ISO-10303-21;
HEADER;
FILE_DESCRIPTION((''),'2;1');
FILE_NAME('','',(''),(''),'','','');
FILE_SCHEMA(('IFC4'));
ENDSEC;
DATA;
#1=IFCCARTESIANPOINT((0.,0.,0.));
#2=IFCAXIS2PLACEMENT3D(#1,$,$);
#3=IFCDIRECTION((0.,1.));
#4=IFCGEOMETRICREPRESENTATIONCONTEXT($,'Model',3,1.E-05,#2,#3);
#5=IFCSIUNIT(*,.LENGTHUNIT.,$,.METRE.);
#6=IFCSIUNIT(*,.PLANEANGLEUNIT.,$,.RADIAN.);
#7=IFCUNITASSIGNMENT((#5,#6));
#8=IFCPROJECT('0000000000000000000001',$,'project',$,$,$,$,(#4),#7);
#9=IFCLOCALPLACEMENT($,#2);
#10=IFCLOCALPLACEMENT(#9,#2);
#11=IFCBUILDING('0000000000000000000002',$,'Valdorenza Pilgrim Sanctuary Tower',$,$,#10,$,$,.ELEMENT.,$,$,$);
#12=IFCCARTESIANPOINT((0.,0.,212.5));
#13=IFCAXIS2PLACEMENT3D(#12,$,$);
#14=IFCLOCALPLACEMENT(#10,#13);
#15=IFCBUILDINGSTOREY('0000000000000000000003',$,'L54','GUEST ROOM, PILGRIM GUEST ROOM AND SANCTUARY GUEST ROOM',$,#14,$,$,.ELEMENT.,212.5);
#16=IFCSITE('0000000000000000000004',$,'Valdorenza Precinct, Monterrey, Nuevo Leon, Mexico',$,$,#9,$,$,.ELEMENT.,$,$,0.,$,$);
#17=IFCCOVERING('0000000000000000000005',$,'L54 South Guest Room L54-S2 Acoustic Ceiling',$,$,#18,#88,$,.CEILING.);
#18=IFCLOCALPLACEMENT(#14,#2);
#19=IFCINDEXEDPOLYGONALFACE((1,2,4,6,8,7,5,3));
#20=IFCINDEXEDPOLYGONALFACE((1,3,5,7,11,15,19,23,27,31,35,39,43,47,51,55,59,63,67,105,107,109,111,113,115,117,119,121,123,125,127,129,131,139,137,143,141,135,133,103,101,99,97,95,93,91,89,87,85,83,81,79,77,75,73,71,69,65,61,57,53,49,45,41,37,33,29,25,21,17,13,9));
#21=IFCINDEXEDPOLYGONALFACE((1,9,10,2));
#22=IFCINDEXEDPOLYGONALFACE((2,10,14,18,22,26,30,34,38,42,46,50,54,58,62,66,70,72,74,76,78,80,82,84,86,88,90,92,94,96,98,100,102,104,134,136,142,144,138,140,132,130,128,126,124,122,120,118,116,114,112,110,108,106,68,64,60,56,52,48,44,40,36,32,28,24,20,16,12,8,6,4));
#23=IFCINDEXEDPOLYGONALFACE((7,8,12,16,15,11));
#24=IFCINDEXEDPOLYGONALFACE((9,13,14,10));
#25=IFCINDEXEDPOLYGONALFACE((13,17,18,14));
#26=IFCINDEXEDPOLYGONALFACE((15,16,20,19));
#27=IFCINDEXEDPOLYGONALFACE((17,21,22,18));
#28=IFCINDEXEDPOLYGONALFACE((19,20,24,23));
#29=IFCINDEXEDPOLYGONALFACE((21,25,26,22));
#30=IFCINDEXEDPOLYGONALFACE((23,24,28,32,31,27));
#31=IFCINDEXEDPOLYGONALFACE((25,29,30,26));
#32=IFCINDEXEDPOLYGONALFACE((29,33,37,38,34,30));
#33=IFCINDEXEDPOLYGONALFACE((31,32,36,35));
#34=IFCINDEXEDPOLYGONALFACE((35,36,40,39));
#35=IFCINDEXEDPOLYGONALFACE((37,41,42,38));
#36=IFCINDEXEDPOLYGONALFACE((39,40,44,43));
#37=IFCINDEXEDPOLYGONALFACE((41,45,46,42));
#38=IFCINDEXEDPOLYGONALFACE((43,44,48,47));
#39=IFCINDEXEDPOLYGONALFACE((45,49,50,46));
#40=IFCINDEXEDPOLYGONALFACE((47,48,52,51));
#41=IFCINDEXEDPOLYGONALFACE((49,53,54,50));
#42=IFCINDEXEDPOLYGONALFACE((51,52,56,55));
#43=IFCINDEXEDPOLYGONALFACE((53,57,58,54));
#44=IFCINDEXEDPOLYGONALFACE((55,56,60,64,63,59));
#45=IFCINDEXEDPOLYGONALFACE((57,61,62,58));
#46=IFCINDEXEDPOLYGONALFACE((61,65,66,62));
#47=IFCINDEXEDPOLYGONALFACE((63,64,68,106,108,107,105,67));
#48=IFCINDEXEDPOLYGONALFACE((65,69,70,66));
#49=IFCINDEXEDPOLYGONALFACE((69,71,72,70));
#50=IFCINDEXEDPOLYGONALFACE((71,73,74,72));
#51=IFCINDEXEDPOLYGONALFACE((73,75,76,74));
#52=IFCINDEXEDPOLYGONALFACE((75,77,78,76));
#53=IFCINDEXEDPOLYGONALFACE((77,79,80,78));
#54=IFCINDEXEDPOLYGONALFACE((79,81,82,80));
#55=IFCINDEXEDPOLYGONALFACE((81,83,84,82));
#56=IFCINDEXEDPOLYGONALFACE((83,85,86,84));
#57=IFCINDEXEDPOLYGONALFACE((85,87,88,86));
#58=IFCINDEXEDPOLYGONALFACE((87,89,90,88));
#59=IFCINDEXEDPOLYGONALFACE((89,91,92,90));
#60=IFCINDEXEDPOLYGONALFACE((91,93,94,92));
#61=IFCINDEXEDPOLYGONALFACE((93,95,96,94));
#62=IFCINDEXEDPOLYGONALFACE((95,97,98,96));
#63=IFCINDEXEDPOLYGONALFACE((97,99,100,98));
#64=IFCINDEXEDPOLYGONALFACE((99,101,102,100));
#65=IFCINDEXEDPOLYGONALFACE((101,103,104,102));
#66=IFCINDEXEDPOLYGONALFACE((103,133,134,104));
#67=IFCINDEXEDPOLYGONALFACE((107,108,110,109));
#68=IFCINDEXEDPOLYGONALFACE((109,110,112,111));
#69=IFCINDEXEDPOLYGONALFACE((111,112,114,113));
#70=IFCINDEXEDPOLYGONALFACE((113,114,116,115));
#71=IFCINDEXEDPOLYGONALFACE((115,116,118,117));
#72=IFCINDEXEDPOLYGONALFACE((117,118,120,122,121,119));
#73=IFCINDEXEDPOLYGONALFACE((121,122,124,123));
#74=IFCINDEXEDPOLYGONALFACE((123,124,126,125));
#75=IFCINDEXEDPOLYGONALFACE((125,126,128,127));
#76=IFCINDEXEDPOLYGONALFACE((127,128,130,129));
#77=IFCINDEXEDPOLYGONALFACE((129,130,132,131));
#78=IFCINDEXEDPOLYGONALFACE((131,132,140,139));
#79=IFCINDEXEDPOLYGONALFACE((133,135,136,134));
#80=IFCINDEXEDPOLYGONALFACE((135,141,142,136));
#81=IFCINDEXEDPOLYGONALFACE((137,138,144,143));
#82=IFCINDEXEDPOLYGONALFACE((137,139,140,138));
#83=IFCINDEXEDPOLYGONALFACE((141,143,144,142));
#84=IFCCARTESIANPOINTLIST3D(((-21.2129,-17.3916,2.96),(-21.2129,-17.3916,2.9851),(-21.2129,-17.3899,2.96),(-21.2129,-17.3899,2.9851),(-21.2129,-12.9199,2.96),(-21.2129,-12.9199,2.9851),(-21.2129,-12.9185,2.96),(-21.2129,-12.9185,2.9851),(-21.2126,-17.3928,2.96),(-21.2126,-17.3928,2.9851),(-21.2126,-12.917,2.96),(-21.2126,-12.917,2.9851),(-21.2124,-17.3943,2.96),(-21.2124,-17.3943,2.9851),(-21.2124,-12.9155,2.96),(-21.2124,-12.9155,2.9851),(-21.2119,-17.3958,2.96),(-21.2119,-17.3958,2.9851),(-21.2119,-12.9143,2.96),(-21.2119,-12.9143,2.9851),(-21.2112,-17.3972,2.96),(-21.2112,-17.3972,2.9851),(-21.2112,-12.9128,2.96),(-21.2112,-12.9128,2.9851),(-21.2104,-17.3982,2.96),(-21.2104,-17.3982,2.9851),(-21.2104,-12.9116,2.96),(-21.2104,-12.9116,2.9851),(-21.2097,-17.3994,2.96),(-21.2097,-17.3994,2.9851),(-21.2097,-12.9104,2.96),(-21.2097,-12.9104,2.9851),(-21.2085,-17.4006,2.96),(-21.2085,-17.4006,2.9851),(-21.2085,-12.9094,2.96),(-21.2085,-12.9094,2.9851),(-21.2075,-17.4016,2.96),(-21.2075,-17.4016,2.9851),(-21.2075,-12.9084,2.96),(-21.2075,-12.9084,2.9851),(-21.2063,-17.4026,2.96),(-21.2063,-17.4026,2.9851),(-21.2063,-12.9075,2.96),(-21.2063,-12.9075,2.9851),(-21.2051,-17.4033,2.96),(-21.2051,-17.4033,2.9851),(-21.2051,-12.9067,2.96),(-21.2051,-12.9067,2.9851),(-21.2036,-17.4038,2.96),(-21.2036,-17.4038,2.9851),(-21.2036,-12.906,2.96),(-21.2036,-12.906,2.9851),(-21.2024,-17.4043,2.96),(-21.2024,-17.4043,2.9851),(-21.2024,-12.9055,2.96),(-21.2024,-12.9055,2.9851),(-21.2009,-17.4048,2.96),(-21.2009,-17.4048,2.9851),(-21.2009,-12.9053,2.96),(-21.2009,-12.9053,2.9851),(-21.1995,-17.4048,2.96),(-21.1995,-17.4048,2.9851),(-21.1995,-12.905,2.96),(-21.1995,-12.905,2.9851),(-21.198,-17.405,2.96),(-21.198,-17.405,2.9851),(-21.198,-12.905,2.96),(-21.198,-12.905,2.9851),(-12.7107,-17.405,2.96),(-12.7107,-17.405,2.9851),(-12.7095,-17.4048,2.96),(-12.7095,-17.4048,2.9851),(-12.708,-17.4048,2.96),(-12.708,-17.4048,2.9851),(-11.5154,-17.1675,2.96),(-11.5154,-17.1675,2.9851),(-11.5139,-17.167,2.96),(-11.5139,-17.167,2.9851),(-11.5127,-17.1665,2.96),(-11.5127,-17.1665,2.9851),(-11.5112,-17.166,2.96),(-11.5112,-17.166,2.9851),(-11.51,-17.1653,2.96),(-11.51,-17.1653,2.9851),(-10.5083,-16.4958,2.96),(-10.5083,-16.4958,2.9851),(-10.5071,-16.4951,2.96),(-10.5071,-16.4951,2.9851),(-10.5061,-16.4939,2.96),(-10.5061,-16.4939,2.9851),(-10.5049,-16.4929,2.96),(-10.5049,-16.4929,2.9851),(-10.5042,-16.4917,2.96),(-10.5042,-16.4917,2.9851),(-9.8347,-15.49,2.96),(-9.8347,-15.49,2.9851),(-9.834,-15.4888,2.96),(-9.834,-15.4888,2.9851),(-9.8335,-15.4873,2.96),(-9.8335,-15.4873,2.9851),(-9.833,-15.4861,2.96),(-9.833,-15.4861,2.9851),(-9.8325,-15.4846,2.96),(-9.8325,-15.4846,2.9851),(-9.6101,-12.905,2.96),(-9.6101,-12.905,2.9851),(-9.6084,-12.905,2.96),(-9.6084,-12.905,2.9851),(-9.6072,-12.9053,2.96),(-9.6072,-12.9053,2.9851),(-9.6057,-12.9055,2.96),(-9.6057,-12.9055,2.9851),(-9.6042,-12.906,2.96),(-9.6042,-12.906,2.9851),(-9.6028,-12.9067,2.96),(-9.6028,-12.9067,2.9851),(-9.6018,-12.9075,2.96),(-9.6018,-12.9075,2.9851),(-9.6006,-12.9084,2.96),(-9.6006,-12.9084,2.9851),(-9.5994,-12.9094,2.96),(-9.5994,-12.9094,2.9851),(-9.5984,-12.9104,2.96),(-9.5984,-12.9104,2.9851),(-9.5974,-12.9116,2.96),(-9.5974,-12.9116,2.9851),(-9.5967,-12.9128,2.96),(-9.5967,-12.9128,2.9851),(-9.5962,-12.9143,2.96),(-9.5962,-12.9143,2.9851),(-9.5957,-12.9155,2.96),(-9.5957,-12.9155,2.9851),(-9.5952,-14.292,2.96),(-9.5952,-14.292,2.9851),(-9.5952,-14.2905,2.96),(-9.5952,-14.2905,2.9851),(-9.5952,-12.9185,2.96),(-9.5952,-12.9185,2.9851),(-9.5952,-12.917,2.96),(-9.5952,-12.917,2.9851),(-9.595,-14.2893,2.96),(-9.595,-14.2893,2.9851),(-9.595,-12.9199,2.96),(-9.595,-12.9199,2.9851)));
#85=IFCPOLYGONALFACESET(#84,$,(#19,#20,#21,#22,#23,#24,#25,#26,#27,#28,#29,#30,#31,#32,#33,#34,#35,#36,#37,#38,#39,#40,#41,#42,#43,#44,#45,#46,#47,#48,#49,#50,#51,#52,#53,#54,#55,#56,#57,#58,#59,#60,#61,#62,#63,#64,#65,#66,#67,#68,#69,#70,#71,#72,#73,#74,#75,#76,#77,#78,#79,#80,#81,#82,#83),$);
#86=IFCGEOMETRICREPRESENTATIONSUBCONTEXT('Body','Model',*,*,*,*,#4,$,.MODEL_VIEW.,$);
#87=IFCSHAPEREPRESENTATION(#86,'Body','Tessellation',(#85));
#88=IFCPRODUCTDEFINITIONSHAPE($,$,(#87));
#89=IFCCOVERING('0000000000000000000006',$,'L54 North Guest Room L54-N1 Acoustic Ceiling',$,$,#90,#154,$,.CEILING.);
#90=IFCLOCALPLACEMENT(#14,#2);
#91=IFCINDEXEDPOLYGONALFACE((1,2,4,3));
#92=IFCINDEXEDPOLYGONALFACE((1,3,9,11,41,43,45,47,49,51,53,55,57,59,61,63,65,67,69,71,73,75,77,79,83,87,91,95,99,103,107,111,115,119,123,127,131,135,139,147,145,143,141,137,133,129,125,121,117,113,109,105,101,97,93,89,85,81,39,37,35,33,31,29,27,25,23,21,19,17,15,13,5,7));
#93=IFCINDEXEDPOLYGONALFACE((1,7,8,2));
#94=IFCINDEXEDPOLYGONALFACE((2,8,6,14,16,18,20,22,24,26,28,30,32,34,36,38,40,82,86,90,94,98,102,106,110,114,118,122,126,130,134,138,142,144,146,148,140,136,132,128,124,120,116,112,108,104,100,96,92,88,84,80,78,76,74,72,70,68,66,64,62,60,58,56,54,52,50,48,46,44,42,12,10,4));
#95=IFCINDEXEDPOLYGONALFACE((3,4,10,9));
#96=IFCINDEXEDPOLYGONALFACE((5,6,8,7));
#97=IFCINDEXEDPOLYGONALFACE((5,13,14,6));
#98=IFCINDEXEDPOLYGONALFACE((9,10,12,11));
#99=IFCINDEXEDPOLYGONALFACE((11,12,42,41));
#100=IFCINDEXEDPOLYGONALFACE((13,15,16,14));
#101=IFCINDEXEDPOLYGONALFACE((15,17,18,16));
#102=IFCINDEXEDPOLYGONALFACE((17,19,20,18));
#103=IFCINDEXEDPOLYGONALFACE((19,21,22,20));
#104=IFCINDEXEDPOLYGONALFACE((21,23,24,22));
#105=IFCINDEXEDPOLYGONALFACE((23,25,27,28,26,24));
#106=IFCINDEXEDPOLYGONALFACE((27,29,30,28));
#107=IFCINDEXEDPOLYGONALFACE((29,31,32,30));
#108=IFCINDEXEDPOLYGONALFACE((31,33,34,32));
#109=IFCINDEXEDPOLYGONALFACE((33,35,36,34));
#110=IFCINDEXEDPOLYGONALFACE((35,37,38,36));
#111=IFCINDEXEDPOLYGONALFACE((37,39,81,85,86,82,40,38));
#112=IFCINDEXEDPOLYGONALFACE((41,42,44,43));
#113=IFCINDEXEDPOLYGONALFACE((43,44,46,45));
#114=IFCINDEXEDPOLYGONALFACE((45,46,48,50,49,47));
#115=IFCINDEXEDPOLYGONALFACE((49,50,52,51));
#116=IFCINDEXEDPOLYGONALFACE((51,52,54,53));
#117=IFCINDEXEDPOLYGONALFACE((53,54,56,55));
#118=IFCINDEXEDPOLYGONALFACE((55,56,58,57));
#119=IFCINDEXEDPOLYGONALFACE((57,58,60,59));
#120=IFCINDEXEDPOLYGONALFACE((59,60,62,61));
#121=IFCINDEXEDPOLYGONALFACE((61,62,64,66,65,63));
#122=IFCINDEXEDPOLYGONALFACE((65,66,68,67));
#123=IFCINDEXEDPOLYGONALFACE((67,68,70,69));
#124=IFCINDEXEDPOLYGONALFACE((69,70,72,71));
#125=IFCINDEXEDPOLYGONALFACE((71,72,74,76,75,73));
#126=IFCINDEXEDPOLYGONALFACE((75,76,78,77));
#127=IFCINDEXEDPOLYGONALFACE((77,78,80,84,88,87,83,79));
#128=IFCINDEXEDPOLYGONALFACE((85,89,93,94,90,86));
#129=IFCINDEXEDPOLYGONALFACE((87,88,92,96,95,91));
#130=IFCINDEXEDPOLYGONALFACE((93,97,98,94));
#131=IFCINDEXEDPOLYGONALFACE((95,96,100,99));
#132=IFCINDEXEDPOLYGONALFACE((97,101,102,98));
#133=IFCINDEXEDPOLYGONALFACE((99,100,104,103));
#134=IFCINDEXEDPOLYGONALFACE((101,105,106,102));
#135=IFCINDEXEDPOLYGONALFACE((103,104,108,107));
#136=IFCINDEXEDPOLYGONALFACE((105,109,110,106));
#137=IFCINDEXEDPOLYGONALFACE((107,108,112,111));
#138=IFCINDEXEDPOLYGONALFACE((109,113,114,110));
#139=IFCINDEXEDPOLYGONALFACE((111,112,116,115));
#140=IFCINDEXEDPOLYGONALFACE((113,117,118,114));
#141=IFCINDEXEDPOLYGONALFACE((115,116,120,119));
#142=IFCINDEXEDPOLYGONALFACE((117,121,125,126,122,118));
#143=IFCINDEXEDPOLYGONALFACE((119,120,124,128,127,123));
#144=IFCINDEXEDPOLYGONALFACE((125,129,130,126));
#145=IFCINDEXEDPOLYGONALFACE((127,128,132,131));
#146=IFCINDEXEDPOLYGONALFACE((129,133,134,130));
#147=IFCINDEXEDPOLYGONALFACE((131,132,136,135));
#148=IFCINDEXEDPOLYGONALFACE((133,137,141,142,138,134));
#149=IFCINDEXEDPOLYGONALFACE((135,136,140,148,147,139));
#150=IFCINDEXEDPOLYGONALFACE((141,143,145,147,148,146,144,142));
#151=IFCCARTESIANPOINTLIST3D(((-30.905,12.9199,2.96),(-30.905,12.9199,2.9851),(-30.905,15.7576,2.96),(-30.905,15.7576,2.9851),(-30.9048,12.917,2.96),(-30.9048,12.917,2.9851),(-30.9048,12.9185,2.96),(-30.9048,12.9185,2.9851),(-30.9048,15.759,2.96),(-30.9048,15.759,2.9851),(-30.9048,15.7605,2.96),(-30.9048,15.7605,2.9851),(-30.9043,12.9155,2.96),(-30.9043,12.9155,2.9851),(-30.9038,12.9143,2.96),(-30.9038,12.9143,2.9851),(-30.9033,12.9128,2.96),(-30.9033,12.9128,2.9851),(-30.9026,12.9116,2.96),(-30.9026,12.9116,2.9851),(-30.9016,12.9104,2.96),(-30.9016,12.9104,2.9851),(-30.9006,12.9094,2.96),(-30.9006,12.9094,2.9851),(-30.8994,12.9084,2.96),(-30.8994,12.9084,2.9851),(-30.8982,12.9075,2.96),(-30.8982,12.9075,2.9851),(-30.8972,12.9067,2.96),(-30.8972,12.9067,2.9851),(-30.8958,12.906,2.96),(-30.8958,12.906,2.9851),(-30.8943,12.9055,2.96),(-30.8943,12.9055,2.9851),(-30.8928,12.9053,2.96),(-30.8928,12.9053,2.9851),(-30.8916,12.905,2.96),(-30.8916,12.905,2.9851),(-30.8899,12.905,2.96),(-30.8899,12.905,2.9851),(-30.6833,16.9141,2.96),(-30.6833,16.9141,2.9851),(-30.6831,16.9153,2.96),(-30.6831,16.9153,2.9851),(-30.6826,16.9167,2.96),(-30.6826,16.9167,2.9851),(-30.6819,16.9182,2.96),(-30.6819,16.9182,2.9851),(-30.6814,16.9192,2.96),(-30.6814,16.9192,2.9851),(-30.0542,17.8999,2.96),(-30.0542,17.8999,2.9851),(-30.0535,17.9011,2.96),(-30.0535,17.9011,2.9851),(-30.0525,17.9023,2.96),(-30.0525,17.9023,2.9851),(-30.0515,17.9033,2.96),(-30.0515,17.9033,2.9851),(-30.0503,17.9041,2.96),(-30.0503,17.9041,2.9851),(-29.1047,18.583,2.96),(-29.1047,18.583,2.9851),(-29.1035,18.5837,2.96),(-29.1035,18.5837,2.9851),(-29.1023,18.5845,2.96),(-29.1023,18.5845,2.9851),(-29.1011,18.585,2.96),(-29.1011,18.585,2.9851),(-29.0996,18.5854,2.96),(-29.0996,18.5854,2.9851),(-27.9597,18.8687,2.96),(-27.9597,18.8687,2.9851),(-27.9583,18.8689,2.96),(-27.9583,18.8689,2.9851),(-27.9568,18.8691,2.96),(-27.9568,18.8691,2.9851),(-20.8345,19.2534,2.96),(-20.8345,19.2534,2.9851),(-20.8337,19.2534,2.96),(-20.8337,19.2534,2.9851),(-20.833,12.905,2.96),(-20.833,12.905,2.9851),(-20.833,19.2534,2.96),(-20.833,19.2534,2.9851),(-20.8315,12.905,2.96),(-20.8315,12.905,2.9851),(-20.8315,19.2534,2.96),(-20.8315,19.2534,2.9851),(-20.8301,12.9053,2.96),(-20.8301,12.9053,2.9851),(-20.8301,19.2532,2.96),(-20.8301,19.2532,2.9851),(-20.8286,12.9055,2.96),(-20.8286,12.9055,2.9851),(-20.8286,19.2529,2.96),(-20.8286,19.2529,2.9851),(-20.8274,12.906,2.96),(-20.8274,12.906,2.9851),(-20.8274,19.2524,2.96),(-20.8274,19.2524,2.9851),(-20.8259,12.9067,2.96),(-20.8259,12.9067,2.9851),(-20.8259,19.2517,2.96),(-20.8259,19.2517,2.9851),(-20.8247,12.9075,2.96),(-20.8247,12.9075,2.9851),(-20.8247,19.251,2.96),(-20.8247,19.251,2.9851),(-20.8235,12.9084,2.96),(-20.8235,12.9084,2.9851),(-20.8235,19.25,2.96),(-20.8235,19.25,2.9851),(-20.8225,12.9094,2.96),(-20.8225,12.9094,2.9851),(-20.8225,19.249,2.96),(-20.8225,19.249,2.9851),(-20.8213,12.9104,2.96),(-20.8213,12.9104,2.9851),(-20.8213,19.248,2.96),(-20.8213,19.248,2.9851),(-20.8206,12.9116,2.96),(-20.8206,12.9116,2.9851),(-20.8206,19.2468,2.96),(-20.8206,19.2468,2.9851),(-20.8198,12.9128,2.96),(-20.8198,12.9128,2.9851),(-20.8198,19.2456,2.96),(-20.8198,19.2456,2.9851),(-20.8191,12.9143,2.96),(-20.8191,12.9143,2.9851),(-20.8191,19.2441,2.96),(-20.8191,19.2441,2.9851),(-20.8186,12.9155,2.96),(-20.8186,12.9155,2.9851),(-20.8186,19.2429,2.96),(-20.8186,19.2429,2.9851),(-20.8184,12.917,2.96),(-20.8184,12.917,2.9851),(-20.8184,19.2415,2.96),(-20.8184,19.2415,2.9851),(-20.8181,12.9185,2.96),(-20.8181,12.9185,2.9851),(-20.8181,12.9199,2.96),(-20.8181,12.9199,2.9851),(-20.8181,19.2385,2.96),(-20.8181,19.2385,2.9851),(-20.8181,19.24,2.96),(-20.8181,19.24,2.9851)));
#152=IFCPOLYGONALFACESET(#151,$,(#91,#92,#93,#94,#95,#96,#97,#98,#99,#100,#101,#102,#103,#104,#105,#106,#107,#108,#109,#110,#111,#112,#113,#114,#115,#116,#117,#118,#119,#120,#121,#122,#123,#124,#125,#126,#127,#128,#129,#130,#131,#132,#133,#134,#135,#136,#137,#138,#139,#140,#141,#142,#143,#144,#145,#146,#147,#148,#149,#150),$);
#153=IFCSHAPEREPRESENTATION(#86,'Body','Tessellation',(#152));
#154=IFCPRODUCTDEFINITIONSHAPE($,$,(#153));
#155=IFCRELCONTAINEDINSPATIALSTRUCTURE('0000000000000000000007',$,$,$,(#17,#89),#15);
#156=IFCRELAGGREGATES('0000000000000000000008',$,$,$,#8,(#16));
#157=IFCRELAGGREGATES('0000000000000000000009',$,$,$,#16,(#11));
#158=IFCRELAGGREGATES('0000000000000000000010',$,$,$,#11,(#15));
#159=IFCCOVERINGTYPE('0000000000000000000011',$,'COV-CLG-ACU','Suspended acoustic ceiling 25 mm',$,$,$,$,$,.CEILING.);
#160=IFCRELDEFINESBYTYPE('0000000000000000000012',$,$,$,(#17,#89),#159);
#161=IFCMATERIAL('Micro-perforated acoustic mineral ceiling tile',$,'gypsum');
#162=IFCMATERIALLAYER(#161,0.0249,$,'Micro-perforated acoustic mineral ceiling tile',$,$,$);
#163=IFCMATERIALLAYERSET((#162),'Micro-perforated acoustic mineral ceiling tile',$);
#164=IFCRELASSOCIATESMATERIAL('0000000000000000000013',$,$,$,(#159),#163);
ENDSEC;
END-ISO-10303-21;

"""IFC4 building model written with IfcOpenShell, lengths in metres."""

from ifc_helpers import new_model, si_unit, direction, frame, origin, place, context, subcontext, project, spatial, polyline, outline, extrude, material, layer, layer_set, type_object, element, save


model = new_model("IFC4")

# Units and contexts
model_context = context("Model", 3, precision=1e-05, world=origin(), true_north=direction((0.0, 1.0)))
body_context = subcontext(model_context, "Body", "Model", "MODEL_VIEW")
ifc_project = project(units=[si_unit("LENGTHUNIT", "METRE"), si_unit("PLANEANGLEUNIT", "RADIAN")], contexts=[model_context])

# Site, building, storey
site_placement = place(None, origin())
site = spatial("IfcSite", under=ifc_project, at=site_placement, Name="Valdorenza Precinct, Monterrey, Nuevo Leon, Mexico", CompositionType="ELEMENT", RefElevation=0.0)
building_placement = place(site_placement, origin())
building = spatial("IfcBuilding", under=site, at=building_placement, Name="Valdorenza Pilgrim Sanctuary Tower", CompositionType="ELEMENT")
storey_placement = place(building_placement, frame((0.0, 0.0, 212.5)))
storey = spatial("IfcBuildingStorey", under=building, at=storey_placement, Name="L54", Description="GUEST ROOM, PILGRIM GUEST ROOM AND SANCTUARY GUEST ROOM", CompositionType="ELEMENT", Elevation=212.5)

# Coverings
ifc_material_1 = material(Name="Micro-perforated acoustic mineral ceiling tile", Category="gypsum")
ifc_layer_1 = layer(ifc_material_1, 0.0249, Name="Micro-perforated acoustic mineral ceiling tile")
ifc_layer_set_1 = layer_set([ifc_layer_1], Name="Micro-perforated acoustic mineral ceiling tile")
covering_type_1 = type_object("IfcCoveringType", Name="COV-CLG-ACU", Description="Suspended acoustic ceiling 25 mm", PredefinedType="CEILING", material=ifc_layer_set_1)
covering_1_placement = place(storey_placement, frame((0.0, 0.0, 2.96)))
element("IfcCovering", 1, at=covering_1_placement, inside=storey, type_object=covering_type_1, Name="L54 South Guest Room L54-S2 Acoustic Ceiling", PredefinedType="CEILING", context=body_context, shape_type="SweptSolid", body=[
    extrude(outline(polyline([(-9.6101, -12.905), (-9.6084, -12.905), (-9.6072, -12.9053), (-9.6057, -12.9055), (-9.6042, -12.906), (-9.6028, -12.9067), (-9.6018, -12.9075), (-9.6006, -12.9084), (-9.5994, -12.9094), (-9.5984, -12.9104), (-9.5974, -12.9116), (-9.5967, -12.9128), (-9.5962, -12.9143), (-9.5957, -12.9155), (-9.5952, -12.917), (-9.5952, -12.9185), (-9.595, -12.9199), (-9.595, -14.2893), (-9.5952, -14.2905), (-9.5952, -14.292), (-9.8325, -15.4846), (-9.833, -15.4861), (-9.8335, -15.4873), (-9.834, -15.4888), (-9.8347, -15.49), (-10.5042, -16.4917), (-10.5049, -16.4929), (-10.5061, -16.4939), (-10.5071, -16.4951), (-10.5083, -16.4958), (-11.51, -17.1653), (-11.5112, -17.166), (-11.5127, -17.1665), (-11.5139, -17.167), (-11.5154, -17.1675), (-12.708, -17.4048), (-12.7095, -17.4048), (-12.7107, -17.405), (-21.198, -17.405), (-21.1995, -17.4048), (-21.2009, -17.4048), (-21.2024, -17.4043), (-21.2036, -17.4038), (-21.2051, -17.4033), (-21.2063, -17.4026), (-21.2075, -17.4016), (-21.2085, -17.4006), (-21.2097, -17.3994), (-21.2104, -17.3982), (-21.2112, -17.3972), (-21.2119, -17.3958), (-21.2124, -17.3943), (-21.2126, -17.3928), (-21.2129, -17.3916), (-21.2129, -17.3899), (-21.2129, -12.9199), (-21.2129, -12.9185), (-21.2126, -12.917), (-21.2124, -12.9155), (-21.2119, -12.9143), (-21.2112, -12.9128), (-21.2104, -12.9116), (-21.2097, -12.9104), (-21.2085, -12.9094), (-21.2075, -12.9084), (-21.2063, -12.9075), (-21.2051, -12.9067), (-21.2036, -12.906), (-21.2024, -12.9055), (-21.2009, -12.9053), (-21.1995, -12.905), (-21.198, -12.905), (-9.6101, -12.905)])), origin(), (0.0, 0.0, 1.0), 0.0251),
])
covering_2_placement = place(storey_placement, frame((0.0, 0.0, 2.96)))
element("IfcCovering", 2, at=covering_2_placement, inside=storey, type_object=covering_type_1, Name="L54 North Guest Room L54-N1 Acoustic Ceiling", PredefinedType="CEILING", context=body_context, shape_type="SweptSolid", body=[
    extrude(outline(polyline([(-30.6833, 16.9141), (-30.6831, 16.9153), (-30.6826, 16.9167), (-30.6819, 16.9182), (-30.6814, 16.9192), (-30.0542, 17.8999), (-30.0535, 17.9011), (-30.0525, 17.9023), (-30.0515, 17.9033), (-30.0503, 17.9041), (-29.1047, 18.583), (-29.1035, 18.5837), (-29.1023, 18.5845), (-29.1011, 18.585), (-29.0996, 18.5854), (-27.9597, 18.8687), (-27.9583, 18.8689), (-27.9568, 18.8691), (-20.8345, 19.2534), (-20.8337, 19.2534), (-20.833, 19.2534), (-20.8315, 19.2534), (-20.8301, 19.2532), (-20.8286, 19.2529), (-20.8274, 19.2524), (-20.8259, 19.2517), (-20.8247, 19.251), (-20.8235, 19.25), (-20.8225, 19.249), (-20.8213, 19.248), (-20.8206, 19.2468), (-20.8198, 19.2456), (-20.8191, 19.2441), (-20.8186, 19.2429), (-20.8184, 19.2415), (-20.8181, 19.24), (-20.8181, 19.2385), (-20.8181, 12.9199), (-20.8181, 12.9185), (-20.8184, 12.917), (-20.8186, 12.9155), (-20.8191, 12.9143), (-20.8198, 12.9128), (-20.8206, 12.9116), (-20.8213, 12.9104), (-20.8225, 12.9094), (-20.8235, 12.9084), (-20.8247, 12.9075), (-20.8259, 12.9067), (-20.8274, 12.906), (-20.8286, 12.9055), (-20.8301, 12.9053), (-20.8315, 12.905), (-20.833, 12.905), (-30.8899, 12.905), (-30.8916, 12.905), (-30.8928, 12.9053), (-30.8943, 12.9055), (-30.8958, 12.906), (-30.8972, 12.9067), (-30.8982, 12.9075), (-30.8994, 12.9084), (-30.9006, 12.9094), (-30.9016, 12.9104), (-30.9026, 12.9116), (-30.9033, 12.9128), (-30.9038, 12.9143), (-30.9043, 12.9155), (-30.9048, 12.917), (-30.9048, 12.9185), (-30.905, 12.9199), (-30.905, 15.7576), (-30.9048, 15.759), (-30.9048, 15.7605), (-30.6833, 16.9141)])), origin(), (0.0, 0.0, 1.0), 0.0251),
])

save(model, "model.ifc")
